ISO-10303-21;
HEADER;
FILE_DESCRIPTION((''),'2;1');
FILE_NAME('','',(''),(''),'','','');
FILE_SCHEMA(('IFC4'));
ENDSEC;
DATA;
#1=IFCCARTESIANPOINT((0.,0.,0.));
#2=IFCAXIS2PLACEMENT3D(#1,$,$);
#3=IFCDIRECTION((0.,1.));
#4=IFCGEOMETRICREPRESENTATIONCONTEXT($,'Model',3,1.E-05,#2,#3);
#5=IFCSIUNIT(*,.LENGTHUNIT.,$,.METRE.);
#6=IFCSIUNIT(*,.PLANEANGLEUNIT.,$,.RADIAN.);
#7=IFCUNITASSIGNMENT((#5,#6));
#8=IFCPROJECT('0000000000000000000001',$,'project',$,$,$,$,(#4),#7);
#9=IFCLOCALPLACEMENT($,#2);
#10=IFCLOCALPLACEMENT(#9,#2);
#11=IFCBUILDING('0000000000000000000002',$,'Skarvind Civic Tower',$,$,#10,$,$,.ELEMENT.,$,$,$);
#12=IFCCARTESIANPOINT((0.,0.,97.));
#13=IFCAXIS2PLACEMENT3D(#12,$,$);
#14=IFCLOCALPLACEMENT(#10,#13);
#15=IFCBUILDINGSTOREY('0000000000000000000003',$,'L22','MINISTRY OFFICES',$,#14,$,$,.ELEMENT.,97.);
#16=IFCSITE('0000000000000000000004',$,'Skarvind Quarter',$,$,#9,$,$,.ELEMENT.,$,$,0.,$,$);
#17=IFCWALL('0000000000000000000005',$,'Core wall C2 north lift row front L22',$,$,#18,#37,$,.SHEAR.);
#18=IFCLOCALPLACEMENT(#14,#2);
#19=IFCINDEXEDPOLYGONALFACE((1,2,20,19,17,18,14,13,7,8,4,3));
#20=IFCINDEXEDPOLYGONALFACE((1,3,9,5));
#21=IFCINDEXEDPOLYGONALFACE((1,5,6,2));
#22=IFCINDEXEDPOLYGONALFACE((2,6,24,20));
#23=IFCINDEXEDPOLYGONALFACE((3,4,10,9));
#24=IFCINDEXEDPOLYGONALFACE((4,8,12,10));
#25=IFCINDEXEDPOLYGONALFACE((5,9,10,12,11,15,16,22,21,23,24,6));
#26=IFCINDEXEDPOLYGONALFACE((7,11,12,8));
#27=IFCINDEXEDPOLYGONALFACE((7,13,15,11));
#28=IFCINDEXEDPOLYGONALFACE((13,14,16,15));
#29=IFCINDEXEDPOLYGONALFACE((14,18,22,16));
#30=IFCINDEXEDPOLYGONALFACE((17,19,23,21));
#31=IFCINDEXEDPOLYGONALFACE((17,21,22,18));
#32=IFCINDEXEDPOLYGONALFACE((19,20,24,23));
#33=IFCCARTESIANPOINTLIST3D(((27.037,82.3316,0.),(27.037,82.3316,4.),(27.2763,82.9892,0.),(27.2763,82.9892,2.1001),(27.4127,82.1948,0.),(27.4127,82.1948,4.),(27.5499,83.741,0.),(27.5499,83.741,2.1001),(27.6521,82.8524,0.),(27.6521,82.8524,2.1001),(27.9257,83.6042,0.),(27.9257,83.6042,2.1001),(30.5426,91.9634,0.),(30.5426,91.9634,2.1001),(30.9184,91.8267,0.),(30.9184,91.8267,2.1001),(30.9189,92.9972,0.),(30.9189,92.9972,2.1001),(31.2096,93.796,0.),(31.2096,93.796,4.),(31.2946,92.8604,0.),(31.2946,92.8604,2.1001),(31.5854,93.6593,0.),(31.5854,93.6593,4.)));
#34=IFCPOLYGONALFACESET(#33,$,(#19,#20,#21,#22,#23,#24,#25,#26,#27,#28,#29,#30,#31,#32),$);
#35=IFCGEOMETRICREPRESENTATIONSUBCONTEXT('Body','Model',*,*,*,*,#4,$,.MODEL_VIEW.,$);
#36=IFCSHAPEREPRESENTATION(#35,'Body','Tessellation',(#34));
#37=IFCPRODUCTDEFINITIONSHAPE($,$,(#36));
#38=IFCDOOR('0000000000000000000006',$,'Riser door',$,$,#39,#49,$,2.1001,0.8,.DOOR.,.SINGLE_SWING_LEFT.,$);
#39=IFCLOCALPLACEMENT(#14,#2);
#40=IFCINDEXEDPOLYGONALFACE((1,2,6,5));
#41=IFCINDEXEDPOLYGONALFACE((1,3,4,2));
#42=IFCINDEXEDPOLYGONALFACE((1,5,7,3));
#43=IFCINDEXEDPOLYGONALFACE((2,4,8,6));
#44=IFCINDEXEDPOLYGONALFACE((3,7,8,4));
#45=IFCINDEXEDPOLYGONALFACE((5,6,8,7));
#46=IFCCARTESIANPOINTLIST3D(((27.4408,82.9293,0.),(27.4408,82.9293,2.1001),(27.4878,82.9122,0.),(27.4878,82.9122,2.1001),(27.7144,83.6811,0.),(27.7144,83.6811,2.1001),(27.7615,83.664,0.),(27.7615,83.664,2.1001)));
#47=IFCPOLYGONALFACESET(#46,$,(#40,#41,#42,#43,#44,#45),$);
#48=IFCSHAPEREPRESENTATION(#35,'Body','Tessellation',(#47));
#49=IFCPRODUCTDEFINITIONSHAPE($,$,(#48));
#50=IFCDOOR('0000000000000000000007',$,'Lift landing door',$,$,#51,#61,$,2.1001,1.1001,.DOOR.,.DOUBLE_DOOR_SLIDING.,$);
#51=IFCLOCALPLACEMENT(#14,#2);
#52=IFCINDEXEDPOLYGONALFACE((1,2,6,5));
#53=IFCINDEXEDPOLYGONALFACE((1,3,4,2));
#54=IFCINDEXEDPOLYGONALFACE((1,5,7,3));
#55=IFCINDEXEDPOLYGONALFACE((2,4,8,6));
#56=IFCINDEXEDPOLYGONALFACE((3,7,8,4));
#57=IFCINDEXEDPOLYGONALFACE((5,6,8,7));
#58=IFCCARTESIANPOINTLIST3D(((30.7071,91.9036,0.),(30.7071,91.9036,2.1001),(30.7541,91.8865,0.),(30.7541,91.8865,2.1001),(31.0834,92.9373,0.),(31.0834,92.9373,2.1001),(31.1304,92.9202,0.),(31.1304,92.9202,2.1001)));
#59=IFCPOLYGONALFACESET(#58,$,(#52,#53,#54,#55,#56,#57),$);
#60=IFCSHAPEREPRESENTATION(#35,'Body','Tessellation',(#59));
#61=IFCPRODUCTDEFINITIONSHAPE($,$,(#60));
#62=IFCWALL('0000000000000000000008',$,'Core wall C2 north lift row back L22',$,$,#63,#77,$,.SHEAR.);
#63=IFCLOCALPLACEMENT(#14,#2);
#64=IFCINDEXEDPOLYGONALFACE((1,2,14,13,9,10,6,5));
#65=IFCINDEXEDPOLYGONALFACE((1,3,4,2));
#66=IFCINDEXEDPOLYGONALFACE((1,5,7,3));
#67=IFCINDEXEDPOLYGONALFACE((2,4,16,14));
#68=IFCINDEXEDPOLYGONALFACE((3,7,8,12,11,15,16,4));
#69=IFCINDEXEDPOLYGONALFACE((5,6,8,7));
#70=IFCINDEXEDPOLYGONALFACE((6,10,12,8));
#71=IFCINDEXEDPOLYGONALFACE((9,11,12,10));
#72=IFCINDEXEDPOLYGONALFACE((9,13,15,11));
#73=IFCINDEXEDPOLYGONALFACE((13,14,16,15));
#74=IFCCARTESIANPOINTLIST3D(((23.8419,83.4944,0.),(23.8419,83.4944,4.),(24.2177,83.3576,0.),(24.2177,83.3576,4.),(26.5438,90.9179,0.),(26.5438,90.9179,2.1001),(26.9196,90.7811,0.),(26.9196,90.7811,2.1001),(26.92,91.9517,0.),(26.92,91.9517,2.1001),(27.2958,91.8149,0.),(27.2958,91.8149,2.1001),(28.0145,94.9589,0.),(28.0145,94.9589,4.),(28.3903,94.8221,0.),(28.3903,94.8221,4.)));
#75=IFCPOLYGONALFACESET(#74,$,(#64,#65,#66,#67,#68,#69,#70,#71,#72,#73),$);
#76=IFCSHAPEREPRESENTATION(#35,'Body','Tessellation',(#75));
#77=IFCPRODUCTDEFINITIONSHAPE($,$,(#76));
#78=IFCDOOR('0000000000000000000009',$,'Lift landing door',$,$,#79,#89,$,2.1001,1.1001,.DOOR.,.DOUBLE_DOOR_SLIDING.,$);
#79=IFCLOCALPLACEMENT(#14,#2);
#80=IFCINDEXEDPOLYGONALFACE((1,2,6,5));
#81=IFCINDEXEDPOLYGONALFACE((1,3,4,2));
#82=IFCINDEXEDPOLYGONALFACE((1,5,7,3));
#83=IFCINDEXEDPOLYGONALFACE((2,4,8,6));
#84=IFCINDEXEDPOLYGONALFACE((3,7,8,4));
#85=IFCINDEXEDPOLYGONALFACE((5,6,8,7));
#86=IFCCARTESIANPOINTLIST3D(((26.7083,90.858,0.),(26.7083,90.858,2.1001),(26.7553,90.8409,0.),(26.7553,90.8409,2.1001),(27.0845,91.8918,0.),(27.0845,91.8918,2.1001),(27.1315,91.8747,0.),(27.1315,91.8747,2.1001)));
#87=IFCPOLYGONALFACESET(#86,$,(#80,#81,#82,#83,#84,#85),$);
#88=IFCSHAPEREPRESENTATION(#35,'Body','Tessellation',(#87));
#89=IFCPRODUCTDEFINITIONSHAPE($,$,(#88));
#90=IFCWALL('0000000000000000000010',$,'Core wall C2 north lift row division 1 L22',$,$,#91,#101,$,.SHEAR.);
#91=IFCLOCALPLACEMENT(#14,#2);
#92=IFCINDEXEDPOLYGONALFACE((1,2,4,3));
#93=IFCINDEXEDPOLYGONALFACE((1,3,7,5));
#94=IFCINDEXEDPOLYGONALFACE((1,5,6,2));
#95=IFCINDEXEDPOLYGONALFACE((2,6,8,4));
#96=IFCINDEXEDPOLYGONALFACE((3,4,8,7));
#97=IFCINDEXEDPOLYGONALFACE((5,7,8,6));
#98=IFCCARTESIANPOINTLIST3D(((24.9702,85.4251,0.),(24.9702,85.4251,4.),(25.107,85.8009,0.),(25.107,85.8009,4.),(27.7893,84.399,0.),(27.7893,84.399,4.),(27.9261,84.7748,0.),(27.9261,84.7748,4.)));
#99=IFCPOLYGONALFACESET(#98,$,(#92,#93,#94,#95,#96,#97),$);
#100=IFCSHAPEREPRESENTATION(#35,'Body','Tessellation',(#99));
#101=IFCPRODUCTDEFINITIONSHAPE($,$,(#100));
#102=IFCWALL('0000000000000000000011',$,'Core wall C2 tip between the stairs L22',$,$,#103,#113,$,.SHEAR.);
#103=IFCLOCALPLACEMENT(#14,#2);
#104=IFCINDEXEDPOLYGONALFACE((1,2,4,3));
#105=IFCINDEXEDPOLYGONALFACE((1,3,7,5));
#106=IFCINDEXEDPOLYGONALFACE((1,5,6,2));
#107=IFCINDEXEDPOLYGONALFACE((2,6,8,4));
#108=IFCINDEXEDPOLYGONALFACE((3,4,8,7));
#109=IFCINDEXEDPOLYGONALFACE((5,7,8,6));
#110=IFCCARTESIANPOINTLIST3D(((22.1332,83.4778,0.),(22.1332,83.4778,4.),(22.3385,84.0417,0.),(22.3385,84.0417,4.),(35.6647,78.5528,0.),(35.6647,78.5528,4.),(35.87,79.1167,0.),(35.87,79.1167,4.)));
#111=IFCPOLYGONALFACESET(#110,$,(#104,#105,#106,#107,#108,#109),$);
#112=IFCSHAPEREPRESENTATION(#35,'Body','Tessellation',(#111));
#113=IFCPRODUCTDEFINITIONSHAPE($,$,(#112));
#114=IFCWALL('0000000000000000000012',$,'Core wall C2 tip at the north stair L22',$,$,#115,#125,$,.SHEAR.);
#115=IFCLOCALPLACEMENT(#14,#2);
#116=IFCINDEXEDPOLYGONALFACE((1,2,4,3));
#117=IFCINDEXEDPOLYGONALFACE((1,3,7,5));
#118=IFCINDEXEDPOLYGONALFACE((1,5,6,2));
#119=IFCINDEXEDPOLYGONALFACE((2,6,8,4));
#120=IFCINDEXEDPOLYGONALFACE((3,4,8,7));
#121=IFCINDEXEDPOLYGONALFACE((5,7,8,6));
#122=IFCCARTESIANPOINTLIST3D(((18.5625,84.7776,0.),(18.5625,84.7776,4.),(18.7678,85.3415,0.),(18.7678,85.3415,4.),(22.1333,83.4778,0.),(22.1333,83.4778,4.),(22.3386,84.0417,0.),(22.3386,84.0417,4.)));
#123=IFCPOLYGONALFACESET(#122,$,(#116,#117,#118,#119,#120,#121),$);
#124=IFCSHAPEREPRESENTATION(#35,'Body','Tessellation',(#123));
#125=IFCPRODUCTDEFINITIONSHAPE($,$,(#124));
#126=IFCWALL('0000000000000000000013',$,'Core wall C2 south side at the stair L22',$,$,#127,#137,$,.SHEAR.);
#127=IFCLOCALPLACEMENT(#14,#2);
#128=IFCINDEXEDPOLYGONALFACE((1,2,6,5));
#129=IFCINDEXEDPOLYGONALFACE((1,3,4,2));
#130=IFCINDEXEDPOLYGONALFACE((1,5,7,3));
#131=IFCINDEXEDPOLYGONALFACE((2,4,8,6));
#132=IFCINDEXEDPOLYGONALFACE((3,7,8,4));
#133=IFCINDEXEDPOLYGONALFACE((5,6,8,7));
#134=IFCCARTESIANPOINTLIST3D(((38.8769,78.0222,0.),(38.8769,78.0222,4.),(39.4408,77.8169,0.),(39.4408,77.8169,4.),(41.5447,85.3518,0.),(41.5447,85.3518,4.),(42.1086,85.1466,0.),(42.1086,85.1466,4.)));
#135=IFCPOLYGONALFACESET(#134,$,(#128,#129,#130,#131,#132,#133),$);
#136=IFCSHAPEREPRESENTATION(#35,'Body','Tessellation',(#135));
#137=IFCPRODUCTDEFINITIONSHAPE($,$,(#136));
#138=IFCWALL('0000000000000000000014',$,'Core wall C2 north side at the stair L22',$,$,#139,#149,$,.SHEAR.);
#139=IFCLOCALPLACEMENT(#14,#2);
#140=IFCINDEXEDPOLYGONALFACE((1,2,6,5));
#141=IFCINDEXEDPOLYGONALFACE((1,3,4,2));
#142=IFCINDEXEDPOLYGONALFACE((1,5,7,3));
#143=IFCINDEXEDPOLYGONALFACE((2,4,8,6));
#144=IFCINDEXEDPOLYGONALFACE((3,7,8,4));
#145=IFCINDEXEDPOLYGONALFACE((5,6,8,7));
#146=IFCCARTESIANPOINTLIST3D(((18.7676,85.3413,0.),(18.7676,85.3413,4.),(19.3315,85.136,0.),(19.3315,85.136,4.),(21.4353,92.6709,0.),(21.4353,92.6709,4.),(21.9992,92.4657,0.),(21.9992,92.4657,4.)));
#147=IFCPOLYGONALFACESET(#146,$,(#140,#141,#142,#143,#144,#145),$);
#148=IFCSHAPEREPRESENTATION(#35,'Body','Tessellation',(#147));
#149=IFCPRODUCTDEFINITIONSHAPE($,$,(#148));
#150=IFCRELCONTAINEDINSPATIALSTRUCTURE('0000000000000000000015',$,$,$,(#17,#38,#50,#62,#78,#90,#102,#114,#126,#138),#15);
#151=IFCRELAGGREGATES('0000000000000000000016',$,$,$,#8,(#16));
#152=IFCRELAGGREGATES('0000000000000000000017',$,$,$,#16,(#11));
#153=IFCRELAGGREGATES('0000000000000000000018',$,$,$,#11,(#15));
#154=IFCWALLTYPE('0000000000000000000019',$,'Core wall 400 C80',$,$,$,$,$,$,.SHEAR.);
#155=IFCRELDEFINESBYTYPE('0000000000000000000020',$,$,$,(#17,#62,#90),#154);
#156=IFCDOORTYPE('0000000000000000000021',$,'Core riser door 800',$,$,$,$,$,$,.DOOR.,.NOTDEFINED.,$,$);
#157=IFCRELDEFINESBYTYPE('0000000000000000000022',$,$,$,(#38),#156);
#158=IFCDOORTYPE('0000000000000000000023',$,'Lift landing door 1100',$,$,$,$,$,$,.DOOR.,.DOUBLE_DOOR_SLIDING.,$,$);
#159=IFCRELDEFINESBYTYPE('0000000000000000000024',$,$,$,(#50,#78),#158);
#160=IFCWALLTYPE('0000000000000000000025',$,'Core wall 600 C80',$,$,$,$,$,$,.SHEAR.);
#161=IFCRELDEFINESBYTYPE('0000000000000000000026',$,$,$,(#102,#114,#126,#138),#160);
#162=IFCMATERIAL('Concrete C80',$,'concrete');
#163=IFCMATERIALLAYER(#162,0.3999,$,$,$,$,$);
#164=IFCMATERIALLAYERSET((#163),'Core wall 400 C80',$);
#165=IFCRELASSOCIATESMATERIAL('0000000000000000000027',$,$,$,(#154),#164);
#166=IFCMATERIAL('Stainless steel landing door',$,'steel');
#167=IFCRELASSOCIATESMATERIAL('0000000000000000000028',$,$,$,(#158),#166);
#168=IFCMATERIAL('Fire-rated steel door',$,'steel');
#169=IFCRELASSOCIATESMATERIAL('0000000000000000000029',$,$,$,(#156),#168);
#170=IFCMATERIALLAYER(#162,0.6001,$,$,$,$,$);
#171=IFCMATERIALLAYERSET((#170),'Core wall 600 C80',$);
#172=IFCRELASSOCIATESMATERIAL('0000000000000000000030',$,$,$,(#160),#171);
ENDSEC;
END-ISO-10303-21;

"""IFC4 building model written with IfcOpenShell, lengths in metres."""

from ifc_helpers import new_model, si_unit, direction, frame, frame_2d, origin, place, context, subcontext, project, spatial, rectangle, extrude, material, layer, layer_set, type_object, element, fill, save


model = new_model("IFC4")

# Units and contexts
model_context = context("Model", 3, precision=1e-05, world=origin(), true_north=direction((0.0, 1.0)))
body_context = subcontext(model_context, "Body", "Model", "MODEL_VIEW")
ifc_project = project(units=[si_unit("LENGTHUNIT", "METRE"), si_unit("PLANEANGLEUNIT", "RADIAN")], contexts=[model_context])

# Site, building, storey
site_placement = place(None, origin())
site = spatial("IfcSite", under=ifc_project, at=site_placement, Name="Skarvind Quarter", CompositionType="ELEMENT", RefElevation=0.0)
building_placement = place(site_placement, origin())
building = spatial("IfcBuilding", under=site, at=building_placement, Name="Skarvind Civic Tower", CompositionType="ELEMENT")
storey_placement = place(building_placement, frame((0.0, 0.0, 97.0)))
storey = spatial("IfcBuildingStorey", under=building, at=storey_placement, Name="L22", Description="MINISTRY OFFICES", CompositionType="ELEMENT", Elevation=97.0)

# Shared definitions
ifc_material_1 = material(Name="Concrete C80", Category="concrete")
ifc_layer_1 = layer(ifc_material_1, 0.3999)
ifc_layer_set_1 = layer_set([ifc_layer_1], Name="Core wall 400 C80")
wall_type_1 = type_object("IfcWallType", Name="Core wall 400 C80", PredefinedType="SHEAR", material=ifc_layer_set_1)

# Shared definitions
ifc_material_2 = material(Name="Fire-rated steel door", Category="steel")

# Shared definitions
ifc_material_3 = material(Name="Stainless steel landing door", Category="steel")
door_type_1 = type_object("IfcDoorType", Name="Lift landing door 1100", OperationType="DOUBLE_DOOR_SLIDING", PredefinedType="DOOR", material=ifc_material_3)

# Wall, openings, doors
wall_1_placement = place(storey_placement, frame((27.2249, 82.2632, 0.0), z_axis=(0.0, 0.0, 1.0), x_axis=(0.342015, 0.939695, 0.0)))
wall_1 = element("IfcWall", 1, at=wall_1_placement, inside=storey, type_object=wall_type_1, Name="Core wall C2 north lift row front L22", PredefinedType="SHEAR", context=body_context, shape_type="SweptSolid", body=[
    extrude(rectangle(XDim=12.2002, YDim=0.3999, at=frame_2d((6.1001, 0.0))), origin(), (0.0, 0.0, 1.0), 4.0),
])
opening_1_placement = place(wall_1_placement, frame((10.25, 0.0, 0.0)))
opening_1 = element("IfcOpeningElement", 2, at=opening_1_placement, cuts=wall_1, PredefinedType="OPENING", context=body_context, shape_type="SweptSolid", body=[
    extrude(rectangle(XDim=1.1001, YDim=2.1001, at=frame_2d((0.55, 1.05))), frame((0.0, 0.21, 0.0), z_axis=(0.0, -1.0, 0.0), x_axis=(1.0, 0.0, 0.0)), (0.0, 0.0, 1.0), 0.4199),
])
opening_2_placement = place(wall_1_placement, frame((0.7, 0.0, 0.0)))
opening_2 = element("IfcOpeningElement", 3, at=opening_2_placement, cuts=wall_1, PredefinedType="OPENING", context=body_context, shape_type="SweptSolid", body=[
    extrude(rectangle(XDim=0.8, YDim=2.1001, at=frame_2d((0.3999, 1.05))), frame((0.0, 0.21, 0.0), z_axis=(0.0, -1.0, 0.0), x_axis=(1.0, 0.0, 0.0)), (0.0, 0.0, 1.0), 0.4199),
])
door_type_2 = type_object("IfcDoorType", Name="Core riser door 800", OperationType="NOTDEFINED", PredefinedType="DOOR", material=ifc_material_2)
door_1_placement = place(opening_2_placement, origin())
door_1 = element("IfcDoor", 4, at=door_1_placement, inside=storey, type_object=door_type_2, Name="Riser door", OperationType="SINGLE_SWING_LEFT", OverallHeight=2.1001, OverallWidth=0.8, PredefinedType="DOOR", context=body_context, shape_type="SweptSolid", body=[
    extrude(rectangle(XDim=0.8, YDim=2.1001, at=frame_2d((0.3999, 1.05))), frame((0.0, 0.0249, 0.0), z_axis=(0.0, -1.0, 0.0), x_axis=(1.0, 0.0, 0.0)), (0.0, 0.0, 1.0), 0.05),
])
fill(opening_2, door_1)
door_2_placement = place(opening_1_placement, origin())
door_2 = element("IfcDoor", 5, at=door_2_placement, inside=storey, type_object=door_type_1, Name="Lift landing door", OperationType="DOUBLE_DOOR_SLIDING", OverallHeight=2.1001, OverallWidth=1.1001, PredefinedType="DOOR", context=body_context, shape_type="SweptSolid", body=[
    extrude(rectangle(XDim=1.1001, YDim=2.1001, at=frame_2d((0.55, 1.05))), frame((0.0, 0.0249, 0.0), z_axis=(0.0, -1.0, 0.0), x_axis=(1.0, 0.0, 0.0)), (0.0, 0.0, 1.0), 0.05),
])
fill(opening_1, door_2)

# Wall, opening, door
wall_2_placement = place(storey_placement, frame((24.0298, 83.426, 0.0), z_axis=(0.0, 0.0, 1.0), x_axis=(0.342015, 0.939695, 0.0)))
wall_2 = element("IfcWall", 6, at=wall_2_placement, inside=storey, type_object=wall_type_1, Name="Core wall C2 north lift row back L22", PredefinedType="SHEAR", context=body_context, shape_type="SweptSolid", body=[
    extrude(rectangle(XDim=12.2002, YDim=0.3999, at=frame_2d((6.1001, 0.0))), origin(), (0.0, 0.0, 1.0), 4.0),
])
opening_3_placement = place(wall_2_placement, frame((7.8999, 0.0, 0.0)))
opening_3 = element("IfcOpeningElement", 7, at=opening_3_placement, cuts=wall_2, PredefinedType="OPENING", context=body_context, shape_type="SweptSolid", body=[
    extrude(rectangle(XDim=1.1001, YDim=2.1001, at=frame_2d((0.55, 1.05))), frame((0.0, 0.21, 0.0), z_axis=(0.0, -1.0, 0.0), x_axis=(1.0, 0.0, 0.0)), (0.0, 0.0, 1.0), 0.4199),
])
door_3_placement = place(opening_3_placement, origin())
door_3 = element("IfcDoor", 8, at=door_3_placement, inside=storey, type_object=door_type_1, Name="Lift landing door", OperationType="DOUBLE_DOOR_SLIDING", OverallHeight=2.1001, OverallWidth=1.1001, PredefinedType="DOOR", context=body_context, shape_type="SweptSolid", body=[
    extrude(rectangle(XDim=1.1001, YDim=2.1001, at=frame_2d((0.55, 1.05))), frame((0.0, 0.0249, 0.0), z_axis=(0.0, -1.0, 0.0), x_axis=(1.0, 0.0, 0.0)), (0.0, 0.0, 1.0), 0.05),
])
fill(opening_3, door_3)

# Walls
wall_3_placement = place(storey_placement, frame((27.8577, 84.5869, 0.0), z_axis=(0.0, 0.0, 1.0), x_axis=(-0.939686, 0.342037, 0.0)))
element("IfcWall", 9, at=wall_3_placement, inside=storey, type_object=wall_type_1, Name="Core wall C2 north lift row division 1 L22", PredefinedType="SHEAR", context=body_context, shape_type="SweptSolid", body=[
    extrude(rectangle(XDim=3.0, YDim=0.3999, at=frame_2d((1.5, 0.0))), origin(), (0.0, 0.0, 1.0), 4.0),
])
ifc_layer_2 = layer(ifc_material_1, 0.6001)
ifc_layer_set_2 = layer_set([ifc_layer_2], Name="Core wall 600 C80")
wall_type_2 = type_object("IfcWallType", Name="Core wall 600 C80", PredefinedType="SHEAR", material=ifc_layer_set_2)
wall_4_placement = place(storey_placement, frame((35.7673, 78.8347, 0.0), z_axis=(0.0, 0.0, 1.0), x_axis=(-0.939693, 0.342019, 0.0)))
element("IfcWall", 10, at=wall_4_placement, inside=storey, type_object=wall_type_2, Name="Core wall C2 tip between the stairs L22", PredefinedType="SHEAR", context=body_context, shape_type="SweptSolid", body=[
    extrude(rectangle(XDim=14.3999, YDim=0.6001, at=frame_2d((7.2, 0.0))), origin(), (0.0, 0.0, 1.0), 4.0),
])
wall_5_placement = place(storey_placement, frame((22.2358, 83.7598, 0.0), z_axis=(0.0, 0.0, 1.0), x_axis=(-0.939681, 0.342053, 0.0)))
element("IfcWall", 11, at=wall_5_placement, inside=storey, type_object=wall_type_2, Name="Core wall C2 tip at the north stair L22", PredefinedType="SHEAR", context=body_context, shape_type="SweptSolid", body=[
    extrude(rectangle(XDim=3.8, YDim=0.6001, at=frame_2d((1.8999, 0.0))), origin(), (0.0, 0.0, 1.0), 4.0),
])
for number, where, z_axis, x_axis, name in (
    (12, (39.1589, 77.9197, 0.0), (0.0, 0.0, 1.0), (0.342017, 0.939694, 0.0), "Core wall C2 south side at the stair L22"),
    (13, (19.0496, 85.2388, 0.0), (0.0, 0.0, 1.0), (0.342017, 0.939694, 0.0), "Core wall C2 north side at the stair L22"),
):
    element("IfcWall", number, at=place(storey_placement, frame(where, z_axis=z_axis, x_axis=x_axis)), inside=storey, type_object=wall_type_2, Name=name, PredefinedType="SHEAR", context=body_context, shape_type="SweptSolid", body=[
        extrude(rectangle(XDim=7.8, YDim=0.6001, at=frame_2d((3.8999, 0.0))), origin(), (0.0, 0.0, 1.0), 4.0),
    ])

save(model, "model.ifc")
